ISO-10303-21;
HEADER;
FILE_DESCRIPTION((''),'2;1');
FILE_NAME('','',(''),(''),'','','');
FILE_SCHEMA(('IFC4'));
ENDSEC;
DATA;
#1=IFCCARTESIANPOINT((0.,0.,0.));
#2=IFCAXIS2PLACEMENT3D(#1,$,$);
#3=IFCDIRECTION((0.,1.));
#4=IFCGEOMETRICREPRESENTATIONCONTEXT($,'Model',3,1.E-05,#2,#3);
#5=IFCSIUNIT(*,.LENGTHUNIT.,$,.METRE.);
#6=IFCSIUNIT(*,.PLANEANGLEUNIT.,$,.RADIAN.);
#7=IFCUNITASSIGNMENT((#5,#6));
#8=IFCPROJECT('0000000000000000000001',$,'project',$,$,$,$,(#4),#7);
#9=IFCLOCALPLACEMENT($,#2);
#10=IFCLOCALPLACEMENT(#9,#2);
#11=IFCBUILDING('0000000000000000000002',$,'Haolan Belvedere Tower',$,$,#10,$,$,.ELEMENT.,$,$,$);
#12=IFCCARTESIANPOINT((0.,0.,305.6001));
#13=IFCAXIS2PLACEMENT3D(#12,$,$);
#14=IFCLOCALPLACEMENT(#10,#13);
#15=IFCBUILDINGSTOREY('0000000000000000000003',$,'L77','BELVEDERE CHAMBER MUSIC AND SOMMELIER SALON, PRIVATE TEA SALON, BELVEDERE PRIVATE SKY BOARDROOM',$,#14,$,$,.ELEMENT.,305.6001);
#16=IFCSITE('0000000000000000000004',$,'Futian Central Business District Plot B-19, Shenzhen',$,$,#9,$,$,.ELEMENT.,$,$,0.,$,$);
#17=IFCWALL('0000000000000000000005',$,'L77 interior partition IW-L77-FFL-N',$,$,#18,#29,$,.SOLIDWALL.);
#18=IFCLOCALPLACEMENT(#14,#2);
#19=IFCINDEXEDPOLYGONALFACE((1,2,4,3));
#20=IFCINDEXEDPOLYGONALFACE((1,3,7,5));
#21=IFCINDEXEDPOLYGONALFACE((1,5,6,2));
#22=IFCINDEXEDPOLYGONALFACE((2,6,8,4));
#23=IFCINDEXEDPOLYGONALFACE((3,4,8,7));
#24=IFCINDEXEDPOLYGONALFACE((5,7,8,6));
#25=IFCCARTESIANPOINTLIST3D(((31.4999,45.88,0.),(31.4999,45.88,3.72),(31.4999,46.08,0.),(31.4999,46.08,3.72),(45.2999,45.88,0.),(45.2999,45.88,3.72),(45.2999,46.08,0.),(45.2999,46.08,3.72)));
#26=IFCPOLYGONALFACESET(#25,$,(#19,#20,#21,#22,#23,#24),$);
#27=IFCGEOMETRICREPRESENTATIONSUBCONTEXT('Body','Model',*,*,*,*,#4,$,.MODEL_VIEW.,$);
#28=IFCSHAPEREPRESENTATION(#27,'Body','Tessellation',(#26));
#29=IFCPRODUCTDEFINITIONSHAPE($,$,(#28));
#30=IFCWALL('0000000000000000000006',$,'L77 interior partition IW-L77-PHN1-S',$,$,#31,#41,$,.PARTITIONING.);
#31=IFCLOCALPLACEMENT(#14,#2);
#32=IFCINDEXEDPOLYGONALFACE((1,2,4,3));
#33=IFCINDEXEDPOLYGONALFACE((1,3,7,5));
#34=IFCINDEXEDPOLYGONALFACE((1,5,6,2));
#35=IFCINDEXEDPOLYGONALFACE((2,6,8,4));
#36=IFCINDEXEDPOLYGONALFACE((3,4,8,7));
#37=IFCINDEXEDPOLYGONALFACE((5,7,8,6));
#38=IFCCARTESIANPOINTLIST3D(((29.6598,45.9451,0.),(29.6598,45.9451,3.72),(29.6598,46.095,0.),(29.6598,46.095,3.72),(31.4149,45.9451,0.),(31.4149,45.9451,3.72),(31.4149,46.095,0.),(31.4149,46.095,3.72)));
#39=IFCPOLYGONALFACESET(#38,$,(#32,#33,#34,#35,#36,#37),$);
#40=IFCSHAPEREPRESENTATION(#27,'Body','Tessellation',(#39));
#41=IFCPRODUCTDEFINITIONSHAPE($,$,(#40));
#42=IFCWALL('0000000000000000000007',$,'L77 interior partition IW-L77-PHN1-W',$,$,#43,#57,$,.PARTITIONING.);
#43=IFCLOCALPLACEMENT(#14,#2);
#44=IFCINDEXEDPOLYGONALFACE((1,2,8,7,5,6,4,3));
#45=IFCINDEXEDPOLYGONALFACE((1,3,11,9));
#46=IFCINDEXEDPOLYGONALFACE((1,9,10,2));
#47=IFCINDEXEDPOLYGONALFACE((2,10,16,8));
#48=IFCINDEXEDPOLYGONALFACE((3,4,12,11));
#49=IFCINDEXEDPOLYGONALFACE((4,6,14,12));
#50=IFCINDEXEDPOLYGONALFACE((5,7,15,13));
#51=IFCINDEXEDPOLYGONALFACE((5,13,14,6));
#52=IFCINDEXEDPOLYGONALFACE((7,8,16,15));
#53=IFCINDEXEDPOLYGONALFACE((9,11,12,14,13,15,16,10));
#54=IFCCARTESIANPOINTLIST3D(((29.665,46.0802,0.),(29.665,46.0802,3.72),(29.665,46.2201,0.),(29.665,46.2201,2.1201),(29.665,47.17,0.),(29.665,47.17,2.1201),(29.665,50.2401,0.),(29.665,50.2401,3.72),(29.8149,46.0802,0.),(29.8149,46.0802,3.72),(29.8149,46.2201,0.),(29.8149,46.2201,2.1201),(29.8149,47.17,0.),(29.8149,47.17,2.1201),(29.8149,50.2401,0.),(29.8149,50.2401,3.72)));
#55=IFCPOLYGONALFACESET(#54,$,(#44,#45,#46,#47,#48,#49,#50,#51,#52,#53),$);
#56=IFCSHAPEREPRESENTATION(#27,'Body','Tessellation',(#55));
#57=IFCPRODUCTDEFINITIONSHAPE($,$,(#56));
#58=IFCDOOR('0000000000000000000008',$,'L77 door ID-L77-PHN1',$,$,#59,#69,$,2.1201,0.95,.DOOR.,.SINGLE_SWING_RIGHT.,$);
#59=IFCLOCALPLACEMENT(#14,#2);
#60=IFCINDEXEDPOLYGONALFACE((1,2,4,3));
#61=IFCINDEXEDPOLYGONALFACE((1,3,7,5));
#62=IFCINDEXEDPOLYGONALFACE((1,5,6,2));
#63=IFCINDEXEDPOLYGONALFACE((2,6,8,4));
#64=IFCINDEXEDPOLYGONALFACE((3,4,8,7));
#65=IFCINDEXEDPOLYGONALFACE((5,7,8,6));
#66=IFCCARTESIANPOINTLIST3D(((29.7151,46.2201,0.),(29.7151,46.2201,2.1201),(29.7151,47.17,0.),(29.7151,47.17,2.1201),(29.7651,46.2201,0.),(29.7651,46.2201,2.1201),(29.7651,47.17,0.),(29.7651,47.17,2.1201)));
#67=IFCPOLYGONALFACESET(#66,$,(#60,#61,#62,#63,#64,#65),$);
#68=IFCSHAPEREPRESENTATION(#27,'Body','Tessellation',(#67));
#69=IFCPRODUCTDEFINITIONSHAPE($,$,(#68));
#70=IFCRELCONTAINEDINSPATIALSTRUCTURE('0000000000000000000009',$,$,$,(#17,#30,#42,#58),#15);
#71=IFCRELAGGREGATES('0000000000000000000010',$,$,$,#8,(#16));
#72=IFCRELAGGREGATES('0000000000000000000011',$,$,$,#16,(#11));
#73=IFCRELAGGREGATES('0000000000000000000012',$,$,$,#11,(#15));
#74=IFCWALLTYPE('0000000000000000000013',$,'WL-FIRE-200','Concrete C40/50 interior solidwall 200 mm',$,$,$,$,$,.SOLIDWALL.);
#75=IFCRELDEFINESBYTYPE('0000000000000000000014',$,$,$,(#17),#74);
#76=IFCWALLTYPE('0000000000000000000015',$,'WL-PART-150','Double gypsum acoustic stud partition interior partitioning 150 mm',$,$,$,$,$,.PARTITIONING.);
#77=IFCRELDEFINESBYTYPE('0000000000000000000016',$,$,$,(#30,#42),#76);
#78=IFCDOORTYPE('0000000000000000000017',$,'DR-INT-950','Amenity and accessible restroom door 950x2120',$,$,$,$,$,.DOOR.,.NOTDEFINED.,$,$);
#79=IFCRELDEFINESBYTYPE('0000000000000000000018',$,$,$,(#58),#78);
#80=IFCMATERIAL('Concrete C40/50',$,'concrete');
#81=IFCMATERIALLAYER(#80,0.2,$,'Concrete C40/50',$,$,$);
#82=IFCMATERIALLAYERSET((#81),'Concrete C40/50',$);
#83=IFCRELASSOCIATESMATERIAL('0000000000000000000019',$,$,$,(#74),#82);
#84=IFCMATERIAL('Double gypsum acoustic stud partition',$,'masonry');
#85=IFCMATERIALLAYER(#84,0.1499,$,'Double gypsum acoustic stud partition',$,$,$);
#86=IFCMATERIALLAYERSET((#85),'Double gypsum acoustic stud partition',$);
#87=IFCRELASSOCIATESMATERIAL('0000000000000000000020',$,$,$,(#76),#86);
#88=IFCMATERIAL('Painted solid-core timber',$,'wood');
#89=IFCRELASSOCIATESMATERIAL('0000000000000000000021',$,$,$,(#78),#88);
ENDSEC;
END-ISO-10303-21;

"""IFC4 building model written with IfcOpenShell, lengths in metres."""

from ifc_helpers import new_model, si_unit, direction, frame, frame_2d, origin, place, context, subcontext, project, spatial, rectangle, extrude, material, layer, layer_set, type_object, element, fill, save


model = new_model("IFC4")

# Units and contexts
model_context = context("Model", 3, precision=1e-05, world=origin(), true_north=direction((0.0, 1.0)))
body_context = subcontext(model_context, "Body", "Model", "MODEL_VIEW")
ifc_project = project(units=[si_unit("LENGTHUNIT", "METRE"), si_unit("PLANEANGLEUNIT", "RADIAN")], contexts=[model_context])

# Site, building, storey
site_placement = place(None, origin())
site = spatial("IfcSite", under=ifc_project, at=site_placement, Name="Futian Central Business District Plot B-19, Shenzhen", CompositionType="ELEMENT", RefElevation=0.0)
building_placement = place(site_placement, origin())
building = spatial("IfcBuilding", under=site, at=building_placement, Name="Haolan Belvedere Tower", CompositionType="ELEMENT")
storey_placement = place(building_placement, frame((0.0, 0.0, 305.6001)))
storey = spatial("IfcBuildingStorey", under=building, at=storey_placement, Name="L77", Description="BELVEDERE CHAMBER MUSIC AND SOMMELIER SALON, PRIVATE TEA SALON, BELVEDERE PRIVATE SKY BOARDROOM", CompositionType="ELEMENT", Elevation=305.6001)

# Wall
ifc_material_1 = material(Name="Concrete C40/50", Category="concrete")
ifc_layer_1 = layer(ifc_material_1, 0.2, Name="Concrete C40/50")
ifc_layer_set_1 = layer_set([ifc_layer_1], Name="Concrete C40/50")
wall_type_1 = type_object("IfcWallType", Name="WL-FIRE-200", Description="Concrete C40/50 interior solidwall 200 mm", PredefinedType="SOLIDWALL", material=ifc_layer_set_1)
wall_1_placement = place(storey_placement, frame((31.5, 45.98, 0.0), z_axis=(0.0, 0.0, 1.0), x_axis=(1.0, 0.0, 0.0)))
element("IfcWall", 1, at=wall_1_placement, inside=storey, type_object=wall_type_1, Name="L77 interior partition IW-L77-FFL-N", PredefinedType="SOLIDWALL", context=body_context, shape_type="SweptSolid", body=[
    extrude(rectangle(XDim=13.8, YDim=0.2, at=frame_2d((6.8999, 0.0))), origin(), (0.0, 0.0, 1.0), 3.72),
])

# Shared definitions
ifc_material_2 = material(Name="Double gypsum acoustic stud partition", Category="masonry")
ifc_layer_2 = layer(ifc_material_2, 0.1499, Name="Double gypsum acoustic stud partition")
ifc_layer_set_2 = layer_set([ifc_layer_2], Name="Double gypsum acoustic stud partition")
wall_type_2 = type_object("IfcWallType", Name="WL-PART-150", Description="Double gypsum acoustic stud partition interior partitioning 150 mm", PredefinedType="PARTITIONING", material=ifc_layer_set_2)
ifc_material_3 = material(Name="Painted solid-core timber", Category="wood")
door_type_1 = type_object("IfcDoorType", Name="DR-INT-950", Description="Amenity and accessible restroom door 950x2120", OperationType="NOTDEFINED", PredefinedType="DOOR", material=ifc_material_3)

# Wall
wall_2_placement = place(storey_placement, frame((29.6599, 46.02, 0.0), z_axis=(0.0, 0.0, 1.0), x_axis=(1.0, 0.0, 0.0)))
element("IfcWall", 2, at=wall_2_placement, inside=storey, type_object=wall_type_2, Name="L77 interior partition IW-L77-PHN1-S", PredefinedType="PARTITIONING", context=body_context, shape_type="SweptSolid", body=[
    extrude(rectangle(XDim=1.7551, YDim=0.1499, at=frame_2d((0.8774, 0.0))), origin(), (0.0, 0.0, 1.0), 3.72),
])

# Wall, opening, door
wall_3_placement = place(storey_placement, frame((29.74, 46.0801, 0.0), z_axis=(0.0, 0.0, 1.0), x_axis=(0.0, 1.0, 0.0)))
wall_3 = element("IfcWall", 3, at=wall_3_placement, inside=storey, type_object=wall_type_2, Name="L77 interior partition IW-L77-PHN1-W", PredefinedType="PARTITIONING", context=body_context, shape_type="SweptSolid", body=[
    extrude(rectangle(XDim=4.1599, YDim=0.1499, at=frame_2d((2.0801, 0.0))), origin(), (0.0, 0.0, 1.0), 3.72),
])
opening_1_placement = place(wall_3_placement, frame((0.1399, 0.0, 0.0)))
opening_1 = element("IfcOpeningElement", 4, at=opening_1_placement, cuts=wall_3, PredefinedType="OPENING", context=body_context, shape_type="SweptSolid", body=[
    extrude(rectangle(XDim=0.95, YDim=2.1201, at=frame_2d((0.4751, 1.0601))), frame((0.0, 0.085, 0.0), z_axis=(0.0, -1.0, 0.0), x_axis=(1.0, 0.0, 0.0)), (0.0, 0.0, 1.0), 0.1699),
])
door_1_placement = place(opening_1_placement, origin())
door_1 = element("IfcDoor", 5, at=door_1_placement, inside=storey, type_object=door_type_1, Name="L77 door ID-L77-PHN1", OperationType="SINGLE_SWING_RIGHT", OverallHeight=2.1201, OverallWidth=0.95, PredefinedType="DOOR", context=body_context, shape_type="SweptSolid", body=[
    extrude(rectangle(XDim=0.95, YDim=2.1201, at=frame_2d((0.4751, 1.0601))), frame((0.0, 0.0249, 0.0), z_axis=(0.0, -1.0, 0.0), x_axis=(1.0, 0.0, 0.0)), (0.0, 0.0, 1.0), 0.05),
])
fill(opening_1, door_1)

save(model, "model.ifc")
